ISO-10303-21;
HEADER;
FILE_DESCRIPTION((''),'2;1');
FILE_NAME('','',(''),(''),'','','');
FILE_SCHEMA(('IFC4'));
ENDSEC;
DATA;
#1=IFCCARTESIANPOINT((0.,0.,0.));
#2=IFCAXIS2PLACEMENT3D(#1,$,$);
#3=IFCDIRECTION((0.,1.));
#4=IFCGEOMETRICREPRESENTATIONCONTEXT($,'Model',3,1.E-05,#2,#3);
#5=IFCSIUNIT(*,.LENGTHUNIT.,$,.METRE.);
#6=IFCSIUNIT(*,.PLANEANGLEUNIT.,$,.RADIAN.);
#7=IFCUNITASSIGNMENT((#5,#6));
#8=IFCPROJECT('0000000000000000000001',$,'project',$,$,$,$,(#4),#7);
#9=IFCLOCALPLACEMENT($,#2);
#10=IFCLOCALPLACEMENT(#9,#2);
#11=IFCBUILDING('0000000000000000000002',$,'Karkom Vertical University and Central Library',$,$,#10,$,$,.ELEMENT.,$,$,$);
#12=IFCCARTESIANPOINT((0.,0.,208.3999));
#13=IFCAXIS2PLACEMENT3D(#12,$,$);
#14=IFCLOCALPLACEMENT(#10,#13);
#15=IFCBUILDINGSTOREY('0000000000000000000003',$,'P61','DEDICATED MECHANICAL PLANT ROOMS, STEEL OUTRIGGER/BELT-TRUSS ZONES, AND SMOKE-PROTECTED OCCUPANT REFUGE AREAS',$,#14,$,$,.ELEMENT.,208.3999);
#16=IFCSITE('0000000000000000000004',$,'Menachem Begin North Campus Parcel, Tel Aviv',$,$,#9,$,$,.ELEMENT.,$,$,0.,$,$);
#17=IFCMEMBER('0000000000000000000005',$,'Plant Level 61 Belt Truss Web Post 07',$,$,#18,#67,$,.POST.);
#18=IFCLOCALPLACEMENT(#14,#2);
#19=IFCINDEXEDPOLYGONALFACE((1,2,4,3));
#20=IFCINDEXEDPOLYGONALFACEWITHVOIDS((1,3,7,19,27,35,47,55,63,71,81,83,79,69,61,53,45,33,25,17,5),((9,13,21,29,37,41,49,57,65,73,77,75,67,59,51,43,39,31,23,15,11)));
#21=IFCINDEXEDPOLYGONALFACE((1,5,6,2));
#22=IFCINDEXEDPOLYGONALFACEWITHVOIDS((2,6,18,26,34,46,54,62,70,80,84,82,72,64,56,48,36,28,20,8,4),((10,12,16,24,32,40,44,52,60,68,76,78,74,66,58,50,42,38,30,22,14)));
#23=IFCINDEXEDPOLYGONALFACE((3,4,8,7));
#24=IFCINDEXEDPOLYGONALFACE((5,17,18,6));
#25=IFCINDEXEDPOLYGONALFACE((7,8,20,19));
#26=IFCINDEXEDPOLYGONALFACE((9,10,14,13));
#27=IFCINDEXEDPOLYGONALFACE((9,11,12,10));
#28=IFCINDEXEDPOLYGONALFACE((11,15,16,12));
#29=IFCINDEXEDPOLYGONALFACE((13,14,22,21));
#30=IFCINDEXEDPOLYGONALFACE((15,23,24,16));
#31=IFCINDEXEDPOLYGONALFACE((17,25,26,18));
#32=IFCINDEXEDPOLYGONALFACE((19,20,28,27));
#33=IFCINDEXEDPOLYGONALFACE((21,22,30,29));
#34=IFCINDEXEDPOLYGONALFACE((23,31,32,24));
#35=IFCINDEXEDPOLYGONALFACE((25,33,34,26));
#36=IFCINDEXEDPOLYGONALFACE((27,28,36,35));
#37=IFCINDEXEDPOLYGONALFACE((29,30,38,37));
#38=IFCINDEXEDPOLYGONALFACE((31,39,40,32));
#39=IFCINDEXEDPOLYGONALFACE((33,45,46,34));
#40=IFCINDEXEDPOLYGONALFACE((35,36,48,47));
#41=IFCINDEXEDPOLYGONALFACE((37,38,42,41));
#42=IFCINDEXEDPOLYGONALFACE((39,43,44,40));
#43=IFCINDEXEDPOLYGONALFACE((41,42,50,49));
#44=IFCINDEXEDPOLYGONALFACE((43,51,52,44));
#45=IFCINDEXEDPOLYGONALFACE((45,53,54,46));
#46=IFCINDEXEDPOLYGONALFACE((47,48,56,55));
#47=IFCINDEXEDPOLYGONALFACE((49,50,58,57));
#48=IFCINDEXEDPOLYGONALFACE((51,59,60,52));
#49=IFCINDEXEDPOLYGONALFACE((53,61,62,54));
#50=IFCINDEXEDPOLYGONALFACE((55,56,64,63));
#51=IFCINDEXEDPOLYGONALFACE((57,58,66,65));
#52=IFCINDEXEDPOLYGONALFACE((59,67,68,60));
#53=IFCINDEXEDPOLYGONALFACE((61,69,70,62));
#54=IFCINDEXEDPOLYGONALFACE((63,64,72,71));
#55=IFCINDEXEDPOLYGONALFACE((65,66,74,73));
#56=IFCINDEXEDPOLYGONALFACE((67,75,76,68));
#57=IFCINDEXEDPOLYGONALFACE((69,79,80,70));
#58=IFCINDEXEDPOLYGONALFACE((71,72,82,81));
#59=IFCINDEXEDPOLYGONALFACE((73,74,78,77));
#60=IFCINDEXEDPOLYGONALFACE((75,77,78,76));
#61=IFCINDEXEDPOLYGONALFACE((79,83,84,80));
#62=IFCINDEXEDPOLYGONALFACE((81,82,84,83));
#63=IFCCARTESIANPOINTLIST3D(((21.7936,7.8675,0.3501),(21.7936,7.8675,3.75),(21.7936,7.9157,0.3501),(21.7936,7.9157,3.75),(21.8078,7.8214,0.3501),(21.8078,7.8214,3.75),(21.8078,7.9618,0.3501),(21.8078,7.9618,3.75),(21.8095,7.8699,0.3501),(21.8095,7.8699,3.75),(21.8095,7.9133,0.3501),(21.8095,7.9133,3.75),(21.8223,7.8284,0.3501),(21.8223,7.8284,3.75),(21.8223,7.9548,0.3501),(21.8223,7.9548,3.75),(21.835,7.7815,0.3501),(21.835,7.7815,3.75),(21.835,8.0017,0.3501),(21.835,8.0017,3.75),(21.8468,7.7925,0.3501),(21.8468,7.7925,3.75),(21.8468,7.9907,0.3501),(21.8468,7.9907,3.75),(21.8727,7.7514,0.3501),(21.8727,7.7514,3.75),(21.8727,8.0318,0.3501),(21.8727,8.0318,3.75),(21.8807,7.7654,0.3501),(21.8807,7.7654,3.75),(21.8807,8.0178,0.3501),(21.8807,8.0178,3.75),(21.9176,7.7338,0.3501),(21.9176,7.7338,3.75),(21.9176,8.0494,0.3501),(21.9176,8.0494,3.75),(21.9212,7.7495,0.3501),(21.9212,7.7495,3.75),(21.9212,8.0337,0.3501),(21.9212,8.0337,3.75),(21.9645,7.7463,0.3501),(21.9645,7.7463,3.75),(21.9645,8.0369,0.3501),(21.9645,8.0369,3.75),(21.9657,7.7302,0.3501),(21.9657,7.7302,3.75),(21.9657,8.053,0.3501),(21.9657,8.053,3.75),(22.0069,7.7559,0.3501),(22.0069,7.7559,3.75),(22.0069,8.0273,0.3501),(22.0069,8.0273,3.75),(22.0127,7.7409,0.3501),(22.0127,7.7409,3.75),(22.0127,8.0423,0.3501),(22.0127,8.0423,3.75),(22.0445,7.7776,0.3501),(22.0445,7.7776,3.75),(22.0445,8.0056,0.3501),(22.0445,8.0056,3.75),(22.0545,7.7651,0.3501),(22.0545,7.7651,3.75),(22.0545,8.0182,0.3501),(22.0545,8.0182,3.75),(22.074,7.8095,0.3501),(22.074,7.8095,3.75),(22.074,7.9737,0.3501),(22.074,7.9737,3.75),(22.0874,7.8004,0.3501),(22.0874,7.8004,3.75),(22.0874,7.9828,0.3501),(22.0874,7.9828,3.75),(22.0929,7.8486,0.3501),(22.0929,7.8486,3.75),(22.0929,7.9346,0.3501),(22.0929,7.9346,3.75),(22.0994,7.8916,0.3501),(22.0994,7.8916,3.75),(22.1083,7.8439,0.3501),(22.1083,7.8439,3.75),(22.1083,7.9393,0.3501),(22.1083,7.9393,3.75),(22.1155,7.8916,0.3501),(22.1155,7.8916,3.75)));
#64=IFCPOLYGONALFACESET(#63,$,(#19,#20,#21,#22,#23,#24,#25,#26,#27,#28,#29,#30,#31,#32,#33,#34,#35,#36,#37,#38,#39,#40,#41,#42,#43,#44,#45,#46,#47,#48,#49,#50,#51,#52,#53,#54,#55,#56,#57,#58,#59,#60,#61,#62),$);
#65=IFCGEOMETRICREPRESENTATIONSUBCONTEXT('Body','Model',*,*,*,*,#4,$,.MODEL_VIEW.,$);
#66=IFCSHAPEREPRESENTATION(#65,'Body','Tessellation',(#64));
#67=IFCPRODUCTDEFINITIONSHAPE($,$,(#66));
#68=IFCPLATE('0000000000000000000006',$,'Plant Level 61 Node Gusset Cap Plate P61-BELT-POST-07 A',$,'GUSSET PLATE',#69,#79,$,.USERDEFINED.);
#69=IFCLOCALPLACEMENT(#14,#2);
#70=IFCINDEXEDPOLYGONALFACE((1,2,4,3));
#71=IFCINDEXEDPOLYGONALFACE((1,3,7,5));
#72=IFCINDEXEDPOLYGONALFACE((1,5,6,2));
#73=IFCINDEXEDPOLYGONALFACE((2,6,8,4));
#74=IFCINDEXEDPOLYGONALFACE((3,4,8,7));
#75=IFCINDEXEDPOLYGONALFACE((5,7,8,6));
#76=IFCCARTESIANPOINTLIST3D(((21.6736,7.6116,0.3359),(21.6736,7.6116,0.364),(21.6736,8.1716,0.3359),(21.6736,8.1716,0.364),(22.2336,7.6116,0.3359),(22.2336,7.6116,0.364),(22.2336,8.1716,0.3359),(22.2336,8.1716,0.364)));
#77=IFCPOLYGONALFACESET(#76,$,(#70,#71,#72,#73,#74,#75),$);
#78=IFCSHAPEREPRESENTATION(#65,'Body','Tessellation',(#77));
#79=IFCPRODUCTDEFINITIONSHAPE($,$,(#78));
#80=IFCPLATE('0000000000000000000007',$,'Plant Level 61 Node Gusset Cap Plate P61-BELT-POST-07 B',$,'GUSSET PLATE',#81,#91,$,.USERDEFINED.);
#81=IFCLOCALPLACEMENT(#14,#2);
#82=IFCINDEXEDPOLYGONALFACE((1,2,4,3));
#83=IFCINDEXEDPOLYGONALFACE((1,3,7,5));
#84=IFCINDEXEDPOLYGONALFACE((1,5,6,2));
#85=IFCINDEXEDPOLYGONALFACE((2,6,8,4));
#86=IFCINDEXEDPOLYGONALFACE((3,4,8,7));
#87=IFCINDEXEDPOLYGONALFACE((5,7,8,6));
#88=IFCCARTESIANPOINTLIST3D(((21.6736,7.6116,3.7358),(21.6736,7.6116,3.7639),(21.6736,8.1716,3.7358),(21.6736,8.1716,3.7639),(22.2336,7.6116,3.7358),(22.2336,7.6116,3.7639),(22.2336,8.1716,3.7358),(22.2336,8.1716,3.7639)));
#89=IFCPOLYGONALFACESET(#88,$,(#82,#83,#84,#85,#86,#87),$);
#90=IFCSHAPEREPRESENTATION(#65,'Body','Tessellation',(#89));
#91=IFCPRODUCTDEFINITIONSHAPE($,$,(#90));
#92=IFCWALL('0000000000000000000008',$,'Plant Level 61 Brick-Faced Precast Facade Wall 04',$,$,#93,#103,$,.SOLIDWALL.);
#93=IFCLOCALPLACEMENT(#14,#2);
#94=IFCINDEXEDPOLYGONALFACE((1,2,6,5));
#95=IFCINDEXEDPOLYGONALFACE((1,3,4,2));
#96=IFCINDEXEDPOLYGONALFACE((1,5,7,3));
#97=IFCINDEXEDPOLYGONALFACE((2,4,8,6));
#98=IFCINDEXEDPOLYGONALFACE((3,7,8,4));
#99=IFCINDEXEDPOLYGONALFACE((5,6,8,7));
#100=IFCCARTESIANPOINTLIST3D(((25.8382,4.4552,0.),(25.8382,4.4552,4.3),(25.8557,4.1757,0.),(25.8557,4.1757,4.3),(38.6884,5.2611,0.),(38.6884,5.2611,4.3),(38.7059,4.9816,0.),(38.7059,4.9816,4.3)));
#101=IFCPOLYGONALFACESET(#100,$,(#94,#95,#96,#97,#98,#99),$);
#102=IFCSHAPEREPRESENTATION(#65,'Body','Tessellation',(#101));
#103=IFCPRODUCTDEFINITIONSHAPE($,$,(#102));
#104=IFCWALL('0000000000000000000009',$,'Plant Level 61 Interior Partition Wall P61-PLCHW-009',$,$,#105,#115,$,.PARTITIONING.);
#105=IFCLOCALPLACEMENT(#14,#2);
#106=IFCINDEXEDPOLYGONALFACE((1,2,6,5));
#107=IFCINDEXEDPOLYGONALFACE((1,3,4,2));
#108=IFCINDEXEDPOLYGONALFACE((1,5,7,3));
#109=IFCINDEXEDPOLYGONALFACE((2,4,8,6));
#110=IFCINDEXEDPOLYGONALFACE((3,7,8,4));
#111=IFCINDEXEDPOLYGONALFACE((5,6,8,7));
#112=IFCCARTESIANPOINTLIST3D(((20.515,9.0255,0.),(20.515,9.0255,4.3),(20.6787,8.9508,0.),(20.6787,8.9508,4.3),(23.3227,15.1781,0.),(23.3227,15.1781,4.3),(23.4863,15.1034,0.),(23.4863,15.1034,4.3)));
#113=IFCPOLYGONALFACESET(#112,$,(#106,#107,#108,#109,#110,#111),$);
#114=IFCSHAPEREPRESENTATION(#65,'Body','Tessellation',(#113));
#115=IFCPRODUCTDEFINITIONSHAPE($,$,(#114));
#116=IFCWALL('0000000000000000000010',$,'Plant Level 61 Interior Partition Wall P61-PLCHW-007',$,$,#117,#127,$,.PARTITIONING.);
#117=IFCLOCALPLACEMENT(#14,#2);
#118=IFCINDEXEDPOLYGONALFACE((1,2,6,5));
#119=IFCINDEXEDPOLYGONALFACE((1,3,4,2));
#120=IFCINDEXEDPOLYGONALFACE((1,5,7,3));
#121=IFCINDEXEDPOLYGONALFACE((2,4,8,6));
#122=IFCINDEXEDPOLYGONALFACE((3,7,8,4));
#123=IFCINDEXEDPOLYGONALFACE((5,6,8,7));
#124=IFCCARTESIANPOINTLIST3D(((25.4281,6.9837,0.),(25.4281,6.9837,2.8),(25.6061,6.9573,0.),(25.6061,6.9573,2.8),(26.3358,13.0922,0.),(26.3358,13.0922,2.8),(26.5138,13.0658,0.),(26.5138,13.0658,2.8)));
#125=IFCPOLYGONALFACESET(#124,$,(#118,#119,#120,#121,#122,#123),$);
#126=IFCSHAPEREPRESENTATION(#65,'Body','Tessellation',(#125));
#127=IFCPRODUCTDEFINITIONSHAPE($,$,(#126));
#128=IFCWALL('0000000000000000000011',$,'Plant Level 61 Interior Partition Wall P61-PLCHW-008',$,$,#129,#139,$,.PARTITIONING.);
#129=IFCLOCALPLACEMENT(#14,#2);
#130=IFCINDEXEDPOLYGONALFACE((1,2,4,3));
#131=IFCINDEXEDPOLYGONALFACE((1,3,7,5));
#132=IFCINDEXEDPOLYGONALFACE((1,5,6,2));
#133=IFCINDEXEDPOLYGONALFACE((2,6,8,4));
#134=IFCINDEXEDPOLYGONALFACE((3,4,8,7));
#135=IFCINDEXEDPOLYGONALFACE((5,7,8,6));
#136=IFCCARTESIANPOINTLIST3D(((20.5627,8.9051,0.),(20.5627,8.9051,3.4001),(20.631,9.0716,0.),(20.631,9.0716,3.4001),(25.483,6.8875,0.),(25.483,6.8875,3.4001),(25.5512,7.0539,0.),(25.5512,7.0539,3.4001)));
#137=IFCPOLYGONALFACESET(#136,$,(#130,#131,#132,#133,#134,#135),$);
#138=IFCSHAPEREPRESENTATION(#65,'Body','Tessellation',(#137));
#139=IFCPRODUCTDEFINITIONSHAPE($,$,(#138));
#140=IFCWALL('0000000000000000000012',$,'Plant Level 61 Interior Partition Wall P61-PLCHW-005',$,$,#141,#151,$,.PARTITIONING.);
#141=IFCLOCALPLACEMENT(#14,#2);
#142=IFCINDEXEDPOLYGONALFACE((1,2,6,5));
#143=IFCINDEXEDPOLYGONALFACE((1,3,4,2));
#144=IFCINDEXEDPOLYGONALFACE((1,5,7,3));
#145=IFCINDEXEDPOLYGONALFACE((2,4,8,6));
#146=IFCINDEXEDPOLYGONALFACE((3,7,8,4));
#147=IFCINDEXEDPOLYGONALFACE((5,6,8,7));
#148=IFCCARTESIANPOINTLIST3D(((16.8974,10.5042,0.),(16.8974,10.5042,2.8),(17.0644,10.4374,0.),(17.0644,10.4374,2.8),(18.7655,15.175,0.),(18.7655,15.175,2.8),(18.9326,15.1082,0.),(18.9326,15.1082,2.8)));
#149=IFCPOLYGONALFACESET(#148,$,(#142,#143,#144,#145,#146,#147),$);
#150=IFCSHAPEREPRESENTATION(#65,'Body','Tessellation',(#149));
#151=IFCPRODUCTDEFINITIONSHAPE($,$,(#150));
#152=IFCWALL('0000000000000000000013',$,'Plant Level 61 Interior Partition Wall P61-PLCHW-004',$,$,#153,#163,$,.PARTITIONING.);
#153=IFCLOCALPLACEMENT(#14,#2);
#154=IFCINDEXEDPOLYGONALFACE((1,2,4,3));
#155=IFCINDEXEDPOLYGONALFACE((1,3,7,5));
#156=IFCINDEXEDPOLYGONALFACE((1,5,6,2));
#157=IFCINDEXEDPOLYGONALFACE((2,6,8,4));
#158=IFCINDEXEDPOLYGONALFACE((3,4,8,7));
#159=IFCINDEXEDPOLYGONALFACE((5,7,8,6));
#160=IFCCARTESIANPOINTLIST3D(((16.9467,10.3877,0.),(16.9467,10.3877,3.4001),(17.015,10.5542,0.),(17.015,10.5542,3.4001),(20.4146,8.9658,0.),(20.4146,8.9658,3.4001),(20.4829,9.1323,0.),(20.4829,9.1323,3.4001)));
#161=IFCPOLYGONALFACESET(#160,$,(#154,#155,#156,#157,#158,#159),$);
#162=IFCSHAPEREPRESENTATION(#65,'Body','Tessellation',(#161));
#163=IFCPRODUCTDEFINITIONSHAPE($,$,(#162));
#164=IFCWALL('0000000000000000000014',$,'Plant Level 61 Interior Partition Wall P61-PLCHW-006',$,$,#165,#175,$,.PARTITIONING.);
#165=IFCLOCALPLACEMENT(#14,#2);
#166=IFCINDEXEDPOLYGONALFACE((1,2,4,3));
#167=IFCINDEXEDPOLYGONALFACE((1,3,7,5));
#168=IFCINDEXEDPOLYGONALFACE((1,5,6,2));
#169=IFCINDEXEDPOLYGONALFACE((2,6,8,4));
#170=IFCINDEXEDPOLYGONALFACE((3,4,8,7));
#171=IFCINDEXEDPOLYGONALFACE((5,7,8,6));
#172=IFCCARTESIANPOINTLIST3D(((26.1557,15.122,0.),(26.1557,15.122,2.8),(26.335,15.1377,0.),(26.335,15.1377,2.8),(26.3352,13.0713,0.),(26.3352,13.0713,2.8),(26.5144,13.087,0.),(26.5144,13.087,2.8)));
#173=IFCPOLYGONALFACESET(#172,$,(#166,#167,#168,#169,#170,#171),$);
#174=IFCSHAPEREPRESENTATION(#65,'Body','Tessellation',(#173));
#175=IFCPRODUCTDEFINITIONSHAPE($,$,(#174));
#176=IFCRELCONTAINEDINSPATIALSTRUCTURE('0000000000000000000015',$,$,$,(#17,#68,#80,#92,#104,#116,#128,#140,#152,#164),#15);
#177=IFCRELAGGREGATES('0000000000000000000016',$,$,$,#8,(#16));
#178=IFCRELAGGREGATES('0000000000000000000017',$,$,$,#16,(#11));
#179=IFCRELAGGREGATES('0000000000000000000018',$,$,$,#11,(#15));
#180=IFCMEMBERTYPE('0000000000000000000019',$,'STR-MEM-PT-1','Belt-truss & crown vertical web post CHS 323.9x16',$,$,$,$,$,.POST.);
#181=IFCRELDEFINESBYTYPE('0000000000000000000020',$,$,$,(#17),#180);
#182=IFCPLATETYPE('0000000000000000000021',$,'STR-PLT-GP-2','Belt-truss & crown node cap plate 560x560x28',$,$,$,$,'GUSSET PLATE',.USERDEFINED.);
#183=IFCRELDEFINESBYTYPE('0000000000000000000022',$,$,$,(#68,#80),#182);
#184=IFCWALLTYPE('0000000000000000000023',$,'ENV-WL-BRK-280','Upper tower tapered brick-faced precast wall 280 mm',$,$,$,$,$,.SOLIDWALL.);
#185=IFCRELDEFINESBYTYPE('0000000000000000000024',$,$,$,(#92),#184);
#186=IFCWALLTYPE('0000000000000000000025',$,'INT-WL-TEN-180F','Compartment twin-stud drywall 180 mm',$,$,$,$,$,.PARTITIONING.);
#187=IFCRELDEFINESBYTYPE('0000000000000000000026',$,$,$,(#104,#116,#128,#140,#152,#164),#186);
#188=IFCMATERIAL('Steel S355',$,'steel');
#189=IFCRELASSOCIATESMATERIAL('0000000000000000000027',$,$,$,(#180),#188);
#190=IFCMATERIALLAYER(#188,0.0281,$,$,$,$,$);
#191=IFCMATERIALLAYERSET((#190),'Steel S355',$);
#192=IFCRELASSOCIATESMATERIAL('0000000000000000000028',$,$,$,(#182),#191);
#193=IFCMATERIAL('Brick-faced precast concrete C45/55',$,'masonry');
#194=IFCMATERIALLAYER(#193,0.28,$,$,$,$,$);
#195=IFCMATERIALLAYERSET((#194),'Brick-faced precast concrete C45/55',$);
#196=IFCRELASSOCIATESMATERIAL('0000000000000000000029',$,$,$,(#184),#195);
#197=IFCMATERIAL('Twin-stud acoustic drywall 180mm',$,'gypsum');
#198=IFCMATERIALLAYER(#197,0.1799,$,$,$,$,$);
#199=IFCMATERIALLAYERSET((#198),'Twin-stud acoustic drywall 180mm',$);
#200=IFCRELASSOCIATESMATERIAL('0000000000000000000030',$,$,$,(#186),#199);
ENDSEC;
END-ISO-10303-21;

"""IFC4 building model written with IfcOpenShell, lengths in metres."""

from ifc_helpers import new_model, si_unit, direction, frame, frame_2d, origin, origin_with_axes, origin_2d, place, context, subcontext, project, spatial, rectangle, hollow_circle, extrude, source, transform, mapped, material, layer, layer_set, material_profile, profile_set, type_object, element, save


model = new_model("IFC4")

# Units and contexts
model_context = context("Model", 3, precision=1e-05, world=origin(), true_north=direction((0.0, 1.0)))
body_context = subcontext(model_context, "Body", "Model", "MODEL_VIEW")
ifc_project = project(units=[si_unit("LENGTHUNIT", "METRE"), si_unit("PLANEANGLEUNIT", "RADIAN")], contexts=[model_context])

# Site, building, storey
site_placement = place(None, origin())
site = spatial("IfcSite", under=ifc_project, at=site_placement, Name="Menachem Begin North Campus Parcel, Tel Aviv", CompositionType="ELEMENT", RefElevation=0.0)
building_placement = place(site_placement, origin())
building = spatial("IfcBuilding", under=site, at=building_placement, Name="Karkom Vertical University and Central Library", CompositionType="ELEMENT")
storey_placement = place(building_placement, frame((0.0, 0.0, 208.3999)))
storey = spatial("IfcBuildingStorey", under=building, at=storey_placement, Name="P61", Description="DEDICATED MECHANICAL PLANT ROOMS, STEEL OUTRIGGER/BELT-TRUSS ZONES, AND SMOKE-PROTECTED OCCUPANT REFUGE AREAS", CompositionType="ELEMENT", Elevation=208.3999)

# Shared definitions
ifc_material_1 = material(Name="Steel S355", Category="steel")

# Member
ifc_material_profile_1 = material_profile(ifc_material_1, hollow_circle(Radius=0.1619, WallThickness=0.0161, at=origin_2d()), Name="CHS 323.9x16")
ifc_profile_set_1 = profile_set([ifc_material_profile_1], Name="Steel S355")
member_type = type_object("IfcMemberType", Name="STR-MEM-PT-1", Description="Belt-truss & crown vertical web post CHS 323.9x16", PredefinedType="POST", material=ifc_profile_set_1)
shared_shape_1 = source(origin_with_axes(), body_context, "Body", "SweptSolid", [
    extrude(hollow_circle(Radius=0.1619, WallThickness=0.0161, at=origin_2d()), origin(), (0.0, 0.0, 1.0), 3.3999),
])
member_placement = place(storey_placement, frame((21.9536, 7.8916, 0.3501), z_axis=(0.0, 0.0, 1.0), x_axis=(1.0, 0.0, 0.0)))
element("IfcMember", 1, at=member_placement, inside=storey, type_object=member_type, Name="Plant Level 61 Belt Truss Web Post 07", PredefinedType="POST", context=body_context, shape_type="MappedRepresentation", body=[
    mapped(shared_shape_1, transform((0.0, 0.0, 0.0), scale=1.0)),
])

# Plates
ifc_layer_1 = layer(ifc_material_1, 0.0281)
ifc_layer_set_1 = layer_set([ifc_layer_1], Name="Steel S355")
plate_type = type_object("IfcPlateType", Name="STR-PLT-GP-2", Description="Belt-truss & crown node cap plate 560x560x28", ElementType="GUSSET PLATE", PredefinedType="USERDEFINED", material=ifc_layer_set_1)
shared_shape_2 = source(origin_with_axes(), body_context, "Body", "SweptSolid", [
    extrude(rectangle(XDim=0.5601, YDim=0.5601, at=origin_2d()), origin(), (0.0, 0.0, 1.0), 0.0281),
])
for number, where, z_axis, x_axis, name in (
    (2, (21.9536, 7.8916, 0.3359), (0.0, 0.0, 1.0), (1.0, 0.0, 0.0), "Plant Level 61 Node Gusset Cap Plate P61-BELT-POST-07 A"),
    (3, (21.9536, 7.8916, 3.7358), (0.0, 0.0, 1.0), (1.0, 0.0, 0.0), "Plant Level 61 Node Gusset Cap Plate P61-BELT-POST-07 B"),
):
    element("IfcPlate", number, at=place(storey_placement, frame(where, z_axis=z_axis, x_axis=x_axis)), inside=storey, type_object=plate_type, Name=name, ObjectType="GUSSET PLATE", PredefinedType="USERDEFINED", context=body_context, shape_type="MappedRepresentation", body=[
        mapped(shared_shape_2, transform((0.0, 0.0, 0.0), scale=1.0)),
    ])

# Walls
ifc_material_2 = material(Name="Brick-faced precast concrete C45/55", Category="masonry")
ifc_layer_2 = layer(ifc_material_2, 0.28)
ifc_layer_set_2 = layer_set([ifc_layer_2], Name="Brick-faced precast concrete C45/55")
wall_type_1 = type_object("IfcWallType", Name="ENV-WL-BRK-280", Description="Upper tower tapered brick-faced precast wall 280 mm", PredefinedType="SOLIDWALL", material=ifc_layer_set_2)
wall_1_placement = place(storey_placement, frame((25.8469, 4.3154, 0.0), z_axis=(0.0, 0.0, 1.0), x_axis=(0.998039, 0.062592, 0.0)))
element("IfcWall", 4, at=wall_1_placement, inside=storey, type_object=wall_type_1, Name="Plant Level 61 Brick-Faced Precast Facade Wall 04", PredefinedType="SOLIDWALL", context=body_context, shape_type="SweptSolid", body=[
    extrude(rectangle(XDim=12.8755, YDim=0.28, at=frame_2d((6.4377, 0.0))), origin(), (0.0, 0.0, 1.0), 4.3),
])
ifc_material_3 = material(Name="Twin-stud acoustic drywall 180mm", Category="gypsum")
ifc_layer_3 = layer(ifc_material_3, 0.1799)
ifc_layer_set_3 = layer_set([ifc_layer_3], Name="Twin-stud acoustic drywall 180mm")
wall_type_2 = type_object("IfcWallType", Name="INT-WL-TEN-180F", Description="Compartment twin-stud drywall 180 mm", PredefinedType="PARTITIONING", material=ifc_layer_set_3)
wall_2_placement = place(storey_placement, frame((20.5969, 8.9883, 0.0), z_axis=(0.0, 0.0, 1.0), x_axis=(0.415149, 0.909754, 0.0)))
element("IfcWall", 5, at=wall_2_placement, inside=storey, type_object=wall_type_2, Name="Plant Level 61 Interior Partition Wall P61-PLCHW-009", PredefinedType="PARTITIONING", context=body_context, shape_type="SweptSolid", body=[
    extrude(rectangle(XDim=6.7629, YDim=0.1799, at=frame_2d((3.3813, 0.0))), origin(), (0.0, 0.0, 1.0), 4.3),
])
wall_3_placement = place(storey_placement, frame((26.4248, 13.0791, 0.0), z_axis=(0.0, 0.0, 1.0), x_axis=(-0.146987, -0.989138, 0.0)))
element("IfcWall", 6, at=wall_3_placement, inside=storey, type_object=wall_type_2, Name="Plant Level 61 Interior Partition Wall P61-PLCHW-007", PredefinedType="PARTITIONING", context=body_context, shape_type="SweptSolid", body=[
    extrude(rectangle(XDim=6.1755, YDim=0.1799, at=frame_2d((3.0879, 0.0))), origin(), (0.0, 0.0, 1.0), 2.8),
])
wall_4_placement = place(storey_placement, frame((25.5171, 6.9707, 0.0), z_axis=(0.0, 0.0, 1.0), x_axis=(-0.925231, 0.379403, 0.0)))
element("IfcWall", 7, at=wall_4_placement, inside=storey, type_object=wall_type_2, Name="Plant Level 61 Interior Partition Wall P61-PLCHW-008", PredefinedType="PARTITIONING", context=body_context, shape_type="SweptSolid", body=[
    extrude(rectangle(XDim=5.3179, YDim=0.1799, at=frame_2d((2.6589, 0.0))), origin(), (0.0, 0.0, 1.0), 3.4001),
])
wall_5_placement = place(storey_placement, frame((16.981, 10.4709, 0.0), z_axis=(0.0, 0.0, 1.0), x_axis=(0.371357, 0.92849, 0.0)))
element("IfcWall", 8, at=wall_5_placement, inside=storey, type_object=wall_type_2, Name="Plant Level 61 Interior Partition Wall P61-PLCHW-005", PredefinedType="PARTITIONING", context=body_context, shape_type="SweptSolid", body=[
    extrude(rectangle(XDim=5.0305, YDim=0.1799, at=frame_2d((2.5151, 0.0))), origin(), (0.0, 0.0, 1.0), 2.8),
])
wall_6_placement = place(storey_placement, frame((20.4487, 9.0491, 0.0), z_axis=(0.0, 0.0, 1.0), x_axis=(-0.925244, 0.379373, 0.0)))
element("IfcWall", 9, at=wall_6_placement, inside=storey, type_object=wall_type_2, Name="Plant Level 61 Interior Partition Wall P61-PLCHW-004", PredefinedType="PARTITIONING", context=body_context, shape_type="SweptSolid", body=[
    extrude(rectangle(XDim=3.748, YDim=0.1799, at=frame_2d((1.874, 0.0))), origin(), (0.0, 0.0, 1.0), 3.4001),
])
wall_7_placement = place(storey_placement, frame((26.2454, 15.1299, 0.0), z_axis=(0.0, 0.0, 1.0), x_axis=(0.087167, -0.996194, 0.0)))
element("IfcWall", 10, at=wall_7_placement, inside=storey, type_object=wall_type_2, Name="Plant Level 61 Interior Partition Wall P61-PLCHW-006", PredefinedType="PARTITIONING", context=body_context, shape_type="SweptSolid", body=[
    extrude(rectangle(XDim=2.0586, YDim=0.1799, at=frame_2d((1.0293, 0.0))), origin(), (0.0, 0.0, 1.0), 2.8),
])

save(model, "model.ifc")
